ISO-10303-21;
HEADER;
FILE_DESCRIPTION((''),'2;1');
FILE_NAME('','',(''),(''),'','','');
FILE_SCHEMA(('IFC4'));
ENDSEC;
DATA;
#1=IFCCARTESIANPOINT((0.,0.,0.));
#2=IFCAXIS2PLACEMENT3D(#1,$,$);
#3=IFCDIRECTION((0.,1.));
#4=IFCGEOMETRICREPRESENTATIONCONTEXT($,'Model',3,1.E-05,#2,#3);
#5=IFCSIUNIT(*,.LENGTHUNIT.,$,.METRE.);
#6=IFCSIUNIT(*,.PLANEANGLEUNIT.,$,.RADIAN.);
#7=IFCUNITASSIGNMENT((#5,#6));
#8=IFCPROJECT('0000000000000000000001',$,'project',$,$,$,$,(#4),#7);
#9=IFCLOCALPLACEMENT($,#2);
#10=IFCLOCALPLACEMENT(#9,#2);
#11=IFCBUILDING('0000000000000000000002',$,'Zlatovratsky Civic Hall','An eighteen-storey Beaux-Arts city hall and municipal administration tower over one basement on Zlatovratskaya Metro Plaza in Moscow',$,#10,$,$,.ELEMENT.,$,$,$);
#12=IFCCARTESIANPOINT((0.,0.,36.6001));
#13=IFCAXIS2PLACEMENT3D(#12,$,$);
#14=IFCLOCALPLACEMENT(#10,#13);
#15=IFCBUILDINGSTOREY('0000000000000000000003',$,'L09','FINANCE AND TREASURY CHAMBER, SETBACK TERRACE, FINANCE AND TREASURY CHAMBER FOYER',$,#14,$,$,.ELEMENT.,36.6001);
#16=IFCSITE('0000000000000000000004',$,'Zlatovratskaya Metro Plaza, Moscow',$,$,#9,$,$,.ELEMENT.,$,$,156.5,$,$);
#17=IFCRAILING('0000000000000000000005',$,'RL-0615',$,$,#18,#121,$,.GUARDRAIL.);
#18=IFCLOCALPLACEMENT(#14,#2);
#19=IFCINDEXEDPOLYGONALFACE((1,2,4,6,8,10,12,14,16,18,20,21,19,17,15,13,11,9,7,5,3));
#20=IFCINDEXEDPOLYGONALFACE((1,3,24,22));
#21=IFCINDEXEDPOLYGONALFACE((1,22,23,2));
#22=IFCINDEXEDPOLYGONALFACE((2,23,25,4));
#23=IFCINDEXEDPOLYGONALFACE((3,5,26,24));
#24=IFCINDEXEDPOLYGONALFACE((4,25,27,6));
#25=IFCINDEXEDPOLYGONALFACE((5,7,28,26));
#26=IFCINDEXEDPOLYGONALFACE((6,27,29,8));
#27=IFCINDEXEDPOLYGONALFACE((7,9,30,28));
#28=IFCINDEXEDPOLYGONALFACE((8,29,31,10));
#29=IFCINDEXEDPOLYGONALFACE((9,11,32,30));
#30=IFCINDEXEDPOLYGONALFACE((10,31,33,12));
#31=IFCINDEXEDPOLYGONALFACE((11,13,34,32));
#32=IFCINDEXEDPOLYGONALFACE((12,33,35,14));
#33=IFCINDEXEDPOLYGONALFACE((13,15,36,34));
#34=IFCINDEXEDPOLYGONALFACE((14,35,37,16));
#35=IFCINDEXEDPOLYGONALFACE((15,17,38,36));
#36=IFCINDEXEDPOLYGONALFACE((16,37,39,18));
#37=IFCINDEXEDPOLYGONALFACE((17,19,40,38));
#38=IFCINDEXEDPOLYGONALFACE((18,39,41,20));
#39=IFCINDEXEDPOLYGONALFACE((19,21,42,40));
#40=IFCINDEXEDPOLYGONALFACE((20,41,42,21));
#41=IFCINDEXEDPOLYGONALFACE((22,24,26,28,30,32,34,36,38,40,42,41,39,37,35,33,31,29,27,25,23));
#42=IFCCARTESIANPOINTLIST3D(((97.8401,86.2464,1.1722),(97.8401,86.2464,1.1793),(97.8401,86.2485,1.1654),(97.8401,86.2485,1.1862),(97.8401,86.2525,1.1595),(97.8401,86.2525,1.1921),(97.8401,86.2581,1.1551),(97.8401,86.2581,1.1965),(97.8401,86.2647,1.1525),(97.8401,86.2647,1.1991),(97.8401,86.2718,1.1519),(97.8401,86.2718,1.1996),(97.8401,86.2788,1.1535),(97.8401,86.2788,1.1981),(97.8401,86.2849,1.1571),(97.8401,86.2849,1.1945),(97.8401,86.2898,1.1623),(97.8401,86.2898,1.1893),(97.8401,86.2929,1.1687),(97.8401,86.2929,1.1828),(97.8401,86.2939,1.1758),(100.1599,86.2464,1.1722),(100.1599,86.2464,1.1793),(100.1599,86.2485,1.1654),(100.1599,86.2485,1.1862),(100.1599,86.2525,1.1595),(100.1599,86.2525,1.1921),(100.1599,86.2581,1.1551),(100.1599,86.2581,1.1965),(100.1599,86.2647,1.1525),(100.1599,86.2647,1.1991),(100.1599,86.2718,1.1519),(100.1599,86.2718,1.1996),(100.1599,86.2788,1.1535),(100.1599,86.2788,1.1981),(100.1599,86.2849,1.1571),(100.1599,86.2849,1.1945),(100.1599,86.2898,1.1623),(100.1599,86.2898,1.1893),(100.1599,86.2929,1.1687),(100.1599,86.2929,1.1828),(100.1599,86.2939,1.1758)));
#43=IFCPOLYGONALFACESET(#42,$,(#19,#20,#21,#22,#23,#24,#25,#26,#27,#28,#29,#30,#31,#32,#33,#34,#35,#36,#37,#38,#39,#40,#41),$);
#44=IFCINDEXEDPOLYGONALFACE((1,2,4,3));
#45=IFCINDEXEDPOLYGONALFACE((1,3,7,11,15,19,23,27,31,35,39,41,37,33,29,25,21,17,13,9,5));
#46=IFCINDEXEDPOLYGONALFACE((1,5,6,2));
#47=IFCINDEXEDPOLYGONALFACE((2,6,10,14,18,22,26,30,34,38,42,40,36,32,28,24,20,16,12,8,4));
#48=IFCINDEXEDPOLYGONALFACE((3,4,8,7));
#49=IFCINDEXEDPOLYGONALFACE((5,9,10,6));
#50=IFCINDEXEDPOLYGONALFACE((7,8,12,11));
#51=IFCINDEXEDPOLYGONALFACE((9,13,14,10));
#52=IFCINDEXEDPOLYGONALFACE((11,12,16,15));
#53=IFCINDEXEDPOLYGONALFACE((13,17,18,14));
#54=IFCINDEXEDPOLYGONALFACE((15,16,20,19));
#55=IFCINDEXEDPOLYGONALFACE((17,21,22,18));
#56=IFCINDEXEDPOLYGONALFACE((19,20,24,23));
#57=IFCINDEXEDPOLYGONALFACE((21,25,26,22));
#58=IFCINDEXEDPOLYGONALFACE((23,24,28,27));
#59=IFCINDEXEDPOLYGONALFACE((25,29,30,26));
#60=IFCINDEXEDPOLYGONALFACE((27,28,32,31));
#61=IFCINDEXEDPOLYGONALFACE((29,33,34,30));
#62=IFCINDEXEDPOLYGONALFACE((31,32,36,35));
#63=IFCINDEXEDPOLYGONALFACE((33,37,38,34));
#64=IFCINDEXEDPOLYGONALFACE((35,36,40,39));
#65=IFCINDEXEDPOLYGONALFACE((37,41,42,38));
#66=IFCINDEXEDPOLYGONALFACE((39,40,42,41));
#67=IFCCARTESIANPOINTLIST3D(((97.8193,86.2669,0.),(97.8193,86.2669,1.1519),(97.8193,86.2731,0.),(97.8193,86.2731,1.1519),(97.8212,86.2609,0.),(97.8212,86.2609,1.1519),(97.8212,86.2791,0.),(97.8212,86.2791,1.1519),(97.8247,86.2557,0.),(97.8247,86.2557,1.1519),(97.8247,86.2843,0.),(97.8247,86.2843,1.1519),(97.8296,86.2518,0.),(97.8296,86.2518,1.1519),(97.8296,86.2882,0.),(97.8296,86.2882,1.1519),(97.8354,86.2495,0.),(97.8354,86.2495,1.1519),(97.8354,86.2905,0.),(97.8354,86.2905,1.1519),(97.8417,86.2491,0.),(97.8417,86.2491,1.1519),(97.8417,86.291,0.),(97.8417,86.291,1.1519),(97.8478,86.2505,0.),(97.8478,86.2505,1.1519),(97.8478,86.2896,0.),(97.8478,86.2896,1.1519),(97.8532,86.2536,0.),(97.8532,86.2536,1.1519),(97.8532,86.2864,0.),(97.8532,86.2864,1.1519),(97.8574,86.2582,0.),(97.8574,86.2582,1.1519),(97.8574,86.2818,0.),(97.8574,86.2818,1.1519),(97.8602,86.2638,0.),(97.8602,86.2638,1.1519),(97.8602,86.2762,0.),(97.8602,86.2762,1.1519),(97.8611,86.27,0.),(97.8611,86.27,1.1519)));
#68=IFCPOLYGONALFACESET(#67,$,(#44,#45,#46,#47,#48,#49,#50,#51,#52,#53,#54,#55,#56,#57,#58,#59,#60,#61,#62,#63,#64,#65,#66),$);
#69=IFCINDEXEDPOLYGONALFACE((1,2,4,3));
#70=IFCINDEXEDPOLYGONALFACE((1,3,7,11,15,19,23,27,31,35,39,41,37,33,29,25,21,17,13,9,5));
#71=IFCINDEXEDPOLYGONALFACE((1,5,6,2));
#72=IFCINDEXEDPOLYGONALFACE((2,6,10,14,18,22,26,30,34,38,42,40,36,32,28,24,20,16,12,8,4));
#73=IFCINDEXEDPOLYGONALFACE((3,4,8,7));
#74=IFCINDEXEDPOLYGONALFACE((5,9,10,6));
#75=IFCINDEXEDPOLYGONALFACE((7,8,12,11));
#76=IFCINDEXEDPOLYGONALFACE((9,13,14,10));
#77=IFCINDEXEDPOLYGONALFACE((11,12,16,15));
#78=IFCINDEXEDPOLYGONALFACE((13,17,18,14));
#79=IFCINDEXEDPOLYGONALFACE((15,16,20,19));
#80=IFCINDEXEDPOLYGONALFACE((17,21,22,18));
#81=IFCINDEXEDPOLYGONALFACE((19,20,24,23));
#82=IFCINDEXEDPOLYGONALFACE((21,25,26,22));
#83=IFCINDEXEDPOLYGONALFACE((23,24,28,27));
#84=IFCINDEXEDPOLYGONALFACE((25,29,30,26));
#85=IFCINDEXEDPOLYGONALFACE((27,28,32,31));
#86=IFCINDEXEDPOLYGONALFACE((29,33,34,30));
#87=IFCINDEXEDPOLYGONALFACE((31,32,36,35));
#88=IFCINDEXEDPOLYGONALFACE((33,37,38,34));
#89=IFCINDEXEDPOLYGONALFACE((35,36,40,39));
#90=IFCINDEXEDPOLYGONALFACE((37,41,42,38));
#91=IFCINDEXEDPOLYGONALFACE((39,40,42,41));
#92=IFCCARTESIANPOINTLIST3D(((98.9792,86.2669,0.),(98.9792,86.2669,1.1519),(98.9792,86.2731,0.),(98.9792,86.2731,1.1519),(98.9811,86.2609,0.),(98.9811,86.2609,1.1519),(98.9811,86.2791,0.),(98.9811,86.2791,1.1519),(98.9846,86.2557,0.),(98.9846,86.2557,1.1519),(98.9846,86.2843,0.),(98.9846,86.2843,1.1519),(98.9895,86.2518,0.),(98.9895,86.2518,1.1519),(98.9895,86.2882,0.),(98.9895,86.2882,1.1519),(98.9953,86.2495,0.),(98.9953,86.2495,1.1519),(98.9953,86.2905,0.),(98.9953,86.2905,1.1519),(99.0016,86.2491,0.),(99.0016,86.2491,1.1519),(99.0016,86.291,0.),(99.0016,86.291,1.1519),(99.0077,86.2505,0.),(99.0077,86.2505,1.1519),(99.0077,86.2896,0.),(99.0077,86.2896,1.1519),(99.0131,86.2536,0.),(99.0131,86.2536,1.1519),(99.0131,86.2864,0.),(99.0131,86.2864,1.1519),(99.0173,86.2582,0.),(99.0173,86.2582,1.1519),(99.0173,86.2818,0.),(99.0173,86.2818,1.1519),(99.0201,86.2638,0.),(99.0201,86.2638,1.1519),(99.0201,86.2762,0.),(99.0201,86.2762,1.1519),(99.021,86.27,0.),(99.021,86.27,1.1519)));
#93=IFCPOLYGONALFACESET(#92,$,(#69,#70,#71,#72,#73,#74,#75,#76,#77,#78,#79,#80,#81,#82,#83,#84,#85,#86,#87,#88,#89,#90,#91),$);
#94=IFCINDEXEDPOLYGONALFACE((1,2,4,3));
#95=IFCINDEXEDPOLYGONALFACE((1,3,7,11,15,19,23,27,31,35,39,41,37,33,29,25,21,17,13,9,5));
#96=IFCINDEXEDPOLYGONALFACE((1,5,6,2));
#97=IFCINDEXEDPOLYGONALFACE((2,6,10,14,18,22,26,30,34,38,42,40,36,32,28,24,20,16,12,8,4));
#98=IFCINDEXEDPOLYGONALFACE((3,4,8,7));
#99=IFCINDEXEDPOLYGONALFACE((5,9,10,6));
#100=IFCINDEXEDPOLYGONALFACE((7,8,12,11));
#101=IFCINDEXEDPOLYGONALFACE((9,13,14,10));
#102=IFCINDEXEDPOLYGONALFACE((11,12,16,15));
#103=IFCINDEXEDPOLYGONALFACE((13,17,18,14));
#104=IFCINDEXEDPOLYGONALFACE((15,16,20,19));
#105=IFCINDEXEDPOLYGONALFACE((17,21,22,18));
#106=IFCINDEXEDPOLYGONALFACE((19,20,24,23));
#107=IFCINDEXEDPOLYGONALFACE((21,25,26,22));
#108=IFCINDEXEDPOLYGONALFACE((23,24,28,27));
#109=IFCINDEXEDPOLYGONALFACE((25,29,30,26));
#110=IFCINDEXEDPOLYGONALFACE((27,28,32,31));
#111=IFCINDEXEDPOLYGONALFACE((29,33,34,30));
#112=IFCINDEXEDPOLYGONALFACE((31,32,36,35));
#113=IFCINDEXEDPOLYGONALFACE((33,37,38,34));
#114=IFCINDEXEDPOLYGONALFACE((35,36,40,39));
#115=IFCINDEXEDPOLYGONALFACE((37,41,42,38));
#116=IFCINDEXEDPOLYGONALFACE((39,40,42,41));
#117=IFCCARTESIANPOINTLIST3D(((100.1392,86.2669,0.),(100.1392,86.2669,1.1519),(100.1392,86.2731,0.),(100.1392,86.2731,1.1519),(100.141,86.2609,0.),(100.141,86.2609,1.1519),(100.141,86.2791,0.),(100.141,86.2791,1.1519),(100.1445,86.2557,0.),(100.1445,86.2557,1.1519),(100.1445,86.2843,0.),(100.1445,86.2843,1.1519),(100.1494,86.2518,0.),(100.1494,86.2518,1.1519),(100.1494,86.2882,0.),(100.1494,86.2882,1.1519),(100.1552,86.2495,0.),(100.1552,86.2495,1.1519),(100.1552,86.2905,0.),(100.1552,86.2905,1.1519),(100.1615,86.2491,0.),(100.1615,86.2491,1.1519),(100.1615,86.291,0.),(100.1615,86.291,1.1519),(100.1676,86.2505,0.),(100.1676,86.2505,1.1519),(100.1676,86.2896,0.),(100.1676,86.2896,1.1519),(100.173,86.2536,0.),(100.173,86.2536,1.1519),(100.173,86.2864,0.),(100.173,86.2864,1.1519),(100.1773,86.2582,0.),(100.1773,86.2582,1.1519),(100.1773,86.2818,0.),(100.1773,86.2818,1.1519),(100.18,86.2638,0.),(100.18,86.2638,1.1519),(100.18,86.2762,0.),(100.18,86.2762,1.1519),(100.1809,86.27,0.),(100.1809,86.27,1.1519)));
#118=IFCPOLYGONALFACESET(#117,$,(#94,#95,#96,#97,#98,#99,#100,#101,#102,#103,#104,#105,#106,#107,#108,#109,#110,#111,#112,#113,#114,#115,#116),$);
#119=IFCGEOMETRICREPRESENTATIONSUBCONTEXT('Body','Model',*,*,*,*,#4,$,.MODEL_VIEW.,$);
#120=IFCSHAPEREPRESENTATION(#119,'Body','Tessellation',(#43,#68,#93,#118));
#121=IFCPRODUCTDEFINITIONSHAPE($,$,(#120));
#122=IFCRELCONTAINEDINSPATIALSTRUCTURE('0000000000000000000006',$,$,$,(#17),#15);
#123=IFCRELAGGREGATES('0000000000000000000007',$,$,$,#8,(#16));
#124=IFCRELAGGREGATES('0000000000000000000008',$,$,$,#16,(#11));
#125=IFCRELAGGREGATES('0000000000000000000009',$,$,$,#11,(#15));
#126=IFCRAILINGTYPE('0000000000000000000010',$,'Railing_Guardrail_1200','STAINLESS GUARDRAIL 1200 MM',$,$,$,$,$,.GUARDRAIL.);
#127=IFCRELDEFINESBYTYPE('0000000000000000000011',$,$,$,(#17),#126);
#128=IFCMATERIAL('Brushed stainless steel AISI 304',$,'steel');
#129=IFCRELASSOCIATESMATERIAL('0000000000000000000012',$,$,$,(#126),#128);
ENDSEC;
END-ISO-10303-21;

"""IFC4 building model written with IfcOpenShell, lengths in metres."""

from ifc_helpers import new_model, si_unit, direction, frame, origin, origin_2d, place, context, subcontext, project, spatial, circle, extrude, material, type_object, element, save


model = new_model("IFC4")

# Units and contexts
model_context = context("Model", 3, precision=1e-05, world=origin(), true_north=direction((0.0, 1.0)))
body_context = subcontext(model_context, "Body", "Model", "MODEL_VIEW")
ifc_project = project(units=[si_unit("LENGTHUNIT", "METRE"), si_unit("PLANEANGLEUNIT", "RADIAN")], contexts=[model_context])

# Site, building, storey
site_placement = place(None, origin())
site = spatial("IfcSite", under=ifc_project, at=site_placement, Name="Zlatovratskaya Metro Plaza, Moscow", CompositionType="ELEMENT", RefElevation=156.5)
building_placement = place(site_placement, origin())
building = spatial("IfcBuilding", under=site, at=building_placement, Name="Zlatovratsky Civic Hall", Description="An eighteen-storey Beaux-Arts city hall and municipal administration tower over one basement on Zlatovratskaya Metro Plaza in Moscow", CompositionType="ELEMENT")
storey_placement = place(building_placement, frame((0.0, 0.0, 36.6001)))
storey = spatial("IfcBuildingStorey", under=building, at=storey_placement, Name="L09", Description="FINANCE AND TREASURY CHAMBER, SETBACK TERRACE, FINANCE AND TREASURY CHAMBER FOYER", CompositionType="ELEMENT", Elevation=36.6001)

# Railing
ifc_material_1 = material(Name="Brushed stainless steel AISI 304", Category="steel")
railing_type_1 = type_object("IfcRailingType", Name="Railing_Guardrail_1200", Description="STAINLESS GUARDRAIL 1200 MM", PredefinedType="GUARDRAIL", material=ifc_material_1)
railing_1_placement = place(storey_placement, frame((97.8401, 86.27, 0.0)))
element("IfcRailing", 1, at=railing_1_placement, inside=storey, type_object=railing_type_1, Name="RL-0615", PredefinedType="GUARDRAIL", context=body_context, shape_type="SweptSolid", body=[
    extrude(circle(Radius=0.0239, at=origin_2d()), frame((0.0, 0.0, 1.1758), z_axis=(1.0, 0.0, 0.0), x_axis=(0.0, 1.0, 0.0)), (0.0, 0.0, 1.0), 2.3198),
    extrude(circle(Radius=0.021, at=origin_2d()), origin(), (0.0, 0.0, 1.0), 1.1519),
    extrude(circle(Radius=0.021, at=origin_2d()), frame((1.1599, 0.0, 0.0)), (0.0, 0.0, 1.0), 1.1519),
    extrude(circle(Radius=0.021, at=origin_2d()), frame((2.3198, 0.0, 0.0)), (0.0, 0.0, 1.0), 1.1519),
])

save(model, "model.ifc")
